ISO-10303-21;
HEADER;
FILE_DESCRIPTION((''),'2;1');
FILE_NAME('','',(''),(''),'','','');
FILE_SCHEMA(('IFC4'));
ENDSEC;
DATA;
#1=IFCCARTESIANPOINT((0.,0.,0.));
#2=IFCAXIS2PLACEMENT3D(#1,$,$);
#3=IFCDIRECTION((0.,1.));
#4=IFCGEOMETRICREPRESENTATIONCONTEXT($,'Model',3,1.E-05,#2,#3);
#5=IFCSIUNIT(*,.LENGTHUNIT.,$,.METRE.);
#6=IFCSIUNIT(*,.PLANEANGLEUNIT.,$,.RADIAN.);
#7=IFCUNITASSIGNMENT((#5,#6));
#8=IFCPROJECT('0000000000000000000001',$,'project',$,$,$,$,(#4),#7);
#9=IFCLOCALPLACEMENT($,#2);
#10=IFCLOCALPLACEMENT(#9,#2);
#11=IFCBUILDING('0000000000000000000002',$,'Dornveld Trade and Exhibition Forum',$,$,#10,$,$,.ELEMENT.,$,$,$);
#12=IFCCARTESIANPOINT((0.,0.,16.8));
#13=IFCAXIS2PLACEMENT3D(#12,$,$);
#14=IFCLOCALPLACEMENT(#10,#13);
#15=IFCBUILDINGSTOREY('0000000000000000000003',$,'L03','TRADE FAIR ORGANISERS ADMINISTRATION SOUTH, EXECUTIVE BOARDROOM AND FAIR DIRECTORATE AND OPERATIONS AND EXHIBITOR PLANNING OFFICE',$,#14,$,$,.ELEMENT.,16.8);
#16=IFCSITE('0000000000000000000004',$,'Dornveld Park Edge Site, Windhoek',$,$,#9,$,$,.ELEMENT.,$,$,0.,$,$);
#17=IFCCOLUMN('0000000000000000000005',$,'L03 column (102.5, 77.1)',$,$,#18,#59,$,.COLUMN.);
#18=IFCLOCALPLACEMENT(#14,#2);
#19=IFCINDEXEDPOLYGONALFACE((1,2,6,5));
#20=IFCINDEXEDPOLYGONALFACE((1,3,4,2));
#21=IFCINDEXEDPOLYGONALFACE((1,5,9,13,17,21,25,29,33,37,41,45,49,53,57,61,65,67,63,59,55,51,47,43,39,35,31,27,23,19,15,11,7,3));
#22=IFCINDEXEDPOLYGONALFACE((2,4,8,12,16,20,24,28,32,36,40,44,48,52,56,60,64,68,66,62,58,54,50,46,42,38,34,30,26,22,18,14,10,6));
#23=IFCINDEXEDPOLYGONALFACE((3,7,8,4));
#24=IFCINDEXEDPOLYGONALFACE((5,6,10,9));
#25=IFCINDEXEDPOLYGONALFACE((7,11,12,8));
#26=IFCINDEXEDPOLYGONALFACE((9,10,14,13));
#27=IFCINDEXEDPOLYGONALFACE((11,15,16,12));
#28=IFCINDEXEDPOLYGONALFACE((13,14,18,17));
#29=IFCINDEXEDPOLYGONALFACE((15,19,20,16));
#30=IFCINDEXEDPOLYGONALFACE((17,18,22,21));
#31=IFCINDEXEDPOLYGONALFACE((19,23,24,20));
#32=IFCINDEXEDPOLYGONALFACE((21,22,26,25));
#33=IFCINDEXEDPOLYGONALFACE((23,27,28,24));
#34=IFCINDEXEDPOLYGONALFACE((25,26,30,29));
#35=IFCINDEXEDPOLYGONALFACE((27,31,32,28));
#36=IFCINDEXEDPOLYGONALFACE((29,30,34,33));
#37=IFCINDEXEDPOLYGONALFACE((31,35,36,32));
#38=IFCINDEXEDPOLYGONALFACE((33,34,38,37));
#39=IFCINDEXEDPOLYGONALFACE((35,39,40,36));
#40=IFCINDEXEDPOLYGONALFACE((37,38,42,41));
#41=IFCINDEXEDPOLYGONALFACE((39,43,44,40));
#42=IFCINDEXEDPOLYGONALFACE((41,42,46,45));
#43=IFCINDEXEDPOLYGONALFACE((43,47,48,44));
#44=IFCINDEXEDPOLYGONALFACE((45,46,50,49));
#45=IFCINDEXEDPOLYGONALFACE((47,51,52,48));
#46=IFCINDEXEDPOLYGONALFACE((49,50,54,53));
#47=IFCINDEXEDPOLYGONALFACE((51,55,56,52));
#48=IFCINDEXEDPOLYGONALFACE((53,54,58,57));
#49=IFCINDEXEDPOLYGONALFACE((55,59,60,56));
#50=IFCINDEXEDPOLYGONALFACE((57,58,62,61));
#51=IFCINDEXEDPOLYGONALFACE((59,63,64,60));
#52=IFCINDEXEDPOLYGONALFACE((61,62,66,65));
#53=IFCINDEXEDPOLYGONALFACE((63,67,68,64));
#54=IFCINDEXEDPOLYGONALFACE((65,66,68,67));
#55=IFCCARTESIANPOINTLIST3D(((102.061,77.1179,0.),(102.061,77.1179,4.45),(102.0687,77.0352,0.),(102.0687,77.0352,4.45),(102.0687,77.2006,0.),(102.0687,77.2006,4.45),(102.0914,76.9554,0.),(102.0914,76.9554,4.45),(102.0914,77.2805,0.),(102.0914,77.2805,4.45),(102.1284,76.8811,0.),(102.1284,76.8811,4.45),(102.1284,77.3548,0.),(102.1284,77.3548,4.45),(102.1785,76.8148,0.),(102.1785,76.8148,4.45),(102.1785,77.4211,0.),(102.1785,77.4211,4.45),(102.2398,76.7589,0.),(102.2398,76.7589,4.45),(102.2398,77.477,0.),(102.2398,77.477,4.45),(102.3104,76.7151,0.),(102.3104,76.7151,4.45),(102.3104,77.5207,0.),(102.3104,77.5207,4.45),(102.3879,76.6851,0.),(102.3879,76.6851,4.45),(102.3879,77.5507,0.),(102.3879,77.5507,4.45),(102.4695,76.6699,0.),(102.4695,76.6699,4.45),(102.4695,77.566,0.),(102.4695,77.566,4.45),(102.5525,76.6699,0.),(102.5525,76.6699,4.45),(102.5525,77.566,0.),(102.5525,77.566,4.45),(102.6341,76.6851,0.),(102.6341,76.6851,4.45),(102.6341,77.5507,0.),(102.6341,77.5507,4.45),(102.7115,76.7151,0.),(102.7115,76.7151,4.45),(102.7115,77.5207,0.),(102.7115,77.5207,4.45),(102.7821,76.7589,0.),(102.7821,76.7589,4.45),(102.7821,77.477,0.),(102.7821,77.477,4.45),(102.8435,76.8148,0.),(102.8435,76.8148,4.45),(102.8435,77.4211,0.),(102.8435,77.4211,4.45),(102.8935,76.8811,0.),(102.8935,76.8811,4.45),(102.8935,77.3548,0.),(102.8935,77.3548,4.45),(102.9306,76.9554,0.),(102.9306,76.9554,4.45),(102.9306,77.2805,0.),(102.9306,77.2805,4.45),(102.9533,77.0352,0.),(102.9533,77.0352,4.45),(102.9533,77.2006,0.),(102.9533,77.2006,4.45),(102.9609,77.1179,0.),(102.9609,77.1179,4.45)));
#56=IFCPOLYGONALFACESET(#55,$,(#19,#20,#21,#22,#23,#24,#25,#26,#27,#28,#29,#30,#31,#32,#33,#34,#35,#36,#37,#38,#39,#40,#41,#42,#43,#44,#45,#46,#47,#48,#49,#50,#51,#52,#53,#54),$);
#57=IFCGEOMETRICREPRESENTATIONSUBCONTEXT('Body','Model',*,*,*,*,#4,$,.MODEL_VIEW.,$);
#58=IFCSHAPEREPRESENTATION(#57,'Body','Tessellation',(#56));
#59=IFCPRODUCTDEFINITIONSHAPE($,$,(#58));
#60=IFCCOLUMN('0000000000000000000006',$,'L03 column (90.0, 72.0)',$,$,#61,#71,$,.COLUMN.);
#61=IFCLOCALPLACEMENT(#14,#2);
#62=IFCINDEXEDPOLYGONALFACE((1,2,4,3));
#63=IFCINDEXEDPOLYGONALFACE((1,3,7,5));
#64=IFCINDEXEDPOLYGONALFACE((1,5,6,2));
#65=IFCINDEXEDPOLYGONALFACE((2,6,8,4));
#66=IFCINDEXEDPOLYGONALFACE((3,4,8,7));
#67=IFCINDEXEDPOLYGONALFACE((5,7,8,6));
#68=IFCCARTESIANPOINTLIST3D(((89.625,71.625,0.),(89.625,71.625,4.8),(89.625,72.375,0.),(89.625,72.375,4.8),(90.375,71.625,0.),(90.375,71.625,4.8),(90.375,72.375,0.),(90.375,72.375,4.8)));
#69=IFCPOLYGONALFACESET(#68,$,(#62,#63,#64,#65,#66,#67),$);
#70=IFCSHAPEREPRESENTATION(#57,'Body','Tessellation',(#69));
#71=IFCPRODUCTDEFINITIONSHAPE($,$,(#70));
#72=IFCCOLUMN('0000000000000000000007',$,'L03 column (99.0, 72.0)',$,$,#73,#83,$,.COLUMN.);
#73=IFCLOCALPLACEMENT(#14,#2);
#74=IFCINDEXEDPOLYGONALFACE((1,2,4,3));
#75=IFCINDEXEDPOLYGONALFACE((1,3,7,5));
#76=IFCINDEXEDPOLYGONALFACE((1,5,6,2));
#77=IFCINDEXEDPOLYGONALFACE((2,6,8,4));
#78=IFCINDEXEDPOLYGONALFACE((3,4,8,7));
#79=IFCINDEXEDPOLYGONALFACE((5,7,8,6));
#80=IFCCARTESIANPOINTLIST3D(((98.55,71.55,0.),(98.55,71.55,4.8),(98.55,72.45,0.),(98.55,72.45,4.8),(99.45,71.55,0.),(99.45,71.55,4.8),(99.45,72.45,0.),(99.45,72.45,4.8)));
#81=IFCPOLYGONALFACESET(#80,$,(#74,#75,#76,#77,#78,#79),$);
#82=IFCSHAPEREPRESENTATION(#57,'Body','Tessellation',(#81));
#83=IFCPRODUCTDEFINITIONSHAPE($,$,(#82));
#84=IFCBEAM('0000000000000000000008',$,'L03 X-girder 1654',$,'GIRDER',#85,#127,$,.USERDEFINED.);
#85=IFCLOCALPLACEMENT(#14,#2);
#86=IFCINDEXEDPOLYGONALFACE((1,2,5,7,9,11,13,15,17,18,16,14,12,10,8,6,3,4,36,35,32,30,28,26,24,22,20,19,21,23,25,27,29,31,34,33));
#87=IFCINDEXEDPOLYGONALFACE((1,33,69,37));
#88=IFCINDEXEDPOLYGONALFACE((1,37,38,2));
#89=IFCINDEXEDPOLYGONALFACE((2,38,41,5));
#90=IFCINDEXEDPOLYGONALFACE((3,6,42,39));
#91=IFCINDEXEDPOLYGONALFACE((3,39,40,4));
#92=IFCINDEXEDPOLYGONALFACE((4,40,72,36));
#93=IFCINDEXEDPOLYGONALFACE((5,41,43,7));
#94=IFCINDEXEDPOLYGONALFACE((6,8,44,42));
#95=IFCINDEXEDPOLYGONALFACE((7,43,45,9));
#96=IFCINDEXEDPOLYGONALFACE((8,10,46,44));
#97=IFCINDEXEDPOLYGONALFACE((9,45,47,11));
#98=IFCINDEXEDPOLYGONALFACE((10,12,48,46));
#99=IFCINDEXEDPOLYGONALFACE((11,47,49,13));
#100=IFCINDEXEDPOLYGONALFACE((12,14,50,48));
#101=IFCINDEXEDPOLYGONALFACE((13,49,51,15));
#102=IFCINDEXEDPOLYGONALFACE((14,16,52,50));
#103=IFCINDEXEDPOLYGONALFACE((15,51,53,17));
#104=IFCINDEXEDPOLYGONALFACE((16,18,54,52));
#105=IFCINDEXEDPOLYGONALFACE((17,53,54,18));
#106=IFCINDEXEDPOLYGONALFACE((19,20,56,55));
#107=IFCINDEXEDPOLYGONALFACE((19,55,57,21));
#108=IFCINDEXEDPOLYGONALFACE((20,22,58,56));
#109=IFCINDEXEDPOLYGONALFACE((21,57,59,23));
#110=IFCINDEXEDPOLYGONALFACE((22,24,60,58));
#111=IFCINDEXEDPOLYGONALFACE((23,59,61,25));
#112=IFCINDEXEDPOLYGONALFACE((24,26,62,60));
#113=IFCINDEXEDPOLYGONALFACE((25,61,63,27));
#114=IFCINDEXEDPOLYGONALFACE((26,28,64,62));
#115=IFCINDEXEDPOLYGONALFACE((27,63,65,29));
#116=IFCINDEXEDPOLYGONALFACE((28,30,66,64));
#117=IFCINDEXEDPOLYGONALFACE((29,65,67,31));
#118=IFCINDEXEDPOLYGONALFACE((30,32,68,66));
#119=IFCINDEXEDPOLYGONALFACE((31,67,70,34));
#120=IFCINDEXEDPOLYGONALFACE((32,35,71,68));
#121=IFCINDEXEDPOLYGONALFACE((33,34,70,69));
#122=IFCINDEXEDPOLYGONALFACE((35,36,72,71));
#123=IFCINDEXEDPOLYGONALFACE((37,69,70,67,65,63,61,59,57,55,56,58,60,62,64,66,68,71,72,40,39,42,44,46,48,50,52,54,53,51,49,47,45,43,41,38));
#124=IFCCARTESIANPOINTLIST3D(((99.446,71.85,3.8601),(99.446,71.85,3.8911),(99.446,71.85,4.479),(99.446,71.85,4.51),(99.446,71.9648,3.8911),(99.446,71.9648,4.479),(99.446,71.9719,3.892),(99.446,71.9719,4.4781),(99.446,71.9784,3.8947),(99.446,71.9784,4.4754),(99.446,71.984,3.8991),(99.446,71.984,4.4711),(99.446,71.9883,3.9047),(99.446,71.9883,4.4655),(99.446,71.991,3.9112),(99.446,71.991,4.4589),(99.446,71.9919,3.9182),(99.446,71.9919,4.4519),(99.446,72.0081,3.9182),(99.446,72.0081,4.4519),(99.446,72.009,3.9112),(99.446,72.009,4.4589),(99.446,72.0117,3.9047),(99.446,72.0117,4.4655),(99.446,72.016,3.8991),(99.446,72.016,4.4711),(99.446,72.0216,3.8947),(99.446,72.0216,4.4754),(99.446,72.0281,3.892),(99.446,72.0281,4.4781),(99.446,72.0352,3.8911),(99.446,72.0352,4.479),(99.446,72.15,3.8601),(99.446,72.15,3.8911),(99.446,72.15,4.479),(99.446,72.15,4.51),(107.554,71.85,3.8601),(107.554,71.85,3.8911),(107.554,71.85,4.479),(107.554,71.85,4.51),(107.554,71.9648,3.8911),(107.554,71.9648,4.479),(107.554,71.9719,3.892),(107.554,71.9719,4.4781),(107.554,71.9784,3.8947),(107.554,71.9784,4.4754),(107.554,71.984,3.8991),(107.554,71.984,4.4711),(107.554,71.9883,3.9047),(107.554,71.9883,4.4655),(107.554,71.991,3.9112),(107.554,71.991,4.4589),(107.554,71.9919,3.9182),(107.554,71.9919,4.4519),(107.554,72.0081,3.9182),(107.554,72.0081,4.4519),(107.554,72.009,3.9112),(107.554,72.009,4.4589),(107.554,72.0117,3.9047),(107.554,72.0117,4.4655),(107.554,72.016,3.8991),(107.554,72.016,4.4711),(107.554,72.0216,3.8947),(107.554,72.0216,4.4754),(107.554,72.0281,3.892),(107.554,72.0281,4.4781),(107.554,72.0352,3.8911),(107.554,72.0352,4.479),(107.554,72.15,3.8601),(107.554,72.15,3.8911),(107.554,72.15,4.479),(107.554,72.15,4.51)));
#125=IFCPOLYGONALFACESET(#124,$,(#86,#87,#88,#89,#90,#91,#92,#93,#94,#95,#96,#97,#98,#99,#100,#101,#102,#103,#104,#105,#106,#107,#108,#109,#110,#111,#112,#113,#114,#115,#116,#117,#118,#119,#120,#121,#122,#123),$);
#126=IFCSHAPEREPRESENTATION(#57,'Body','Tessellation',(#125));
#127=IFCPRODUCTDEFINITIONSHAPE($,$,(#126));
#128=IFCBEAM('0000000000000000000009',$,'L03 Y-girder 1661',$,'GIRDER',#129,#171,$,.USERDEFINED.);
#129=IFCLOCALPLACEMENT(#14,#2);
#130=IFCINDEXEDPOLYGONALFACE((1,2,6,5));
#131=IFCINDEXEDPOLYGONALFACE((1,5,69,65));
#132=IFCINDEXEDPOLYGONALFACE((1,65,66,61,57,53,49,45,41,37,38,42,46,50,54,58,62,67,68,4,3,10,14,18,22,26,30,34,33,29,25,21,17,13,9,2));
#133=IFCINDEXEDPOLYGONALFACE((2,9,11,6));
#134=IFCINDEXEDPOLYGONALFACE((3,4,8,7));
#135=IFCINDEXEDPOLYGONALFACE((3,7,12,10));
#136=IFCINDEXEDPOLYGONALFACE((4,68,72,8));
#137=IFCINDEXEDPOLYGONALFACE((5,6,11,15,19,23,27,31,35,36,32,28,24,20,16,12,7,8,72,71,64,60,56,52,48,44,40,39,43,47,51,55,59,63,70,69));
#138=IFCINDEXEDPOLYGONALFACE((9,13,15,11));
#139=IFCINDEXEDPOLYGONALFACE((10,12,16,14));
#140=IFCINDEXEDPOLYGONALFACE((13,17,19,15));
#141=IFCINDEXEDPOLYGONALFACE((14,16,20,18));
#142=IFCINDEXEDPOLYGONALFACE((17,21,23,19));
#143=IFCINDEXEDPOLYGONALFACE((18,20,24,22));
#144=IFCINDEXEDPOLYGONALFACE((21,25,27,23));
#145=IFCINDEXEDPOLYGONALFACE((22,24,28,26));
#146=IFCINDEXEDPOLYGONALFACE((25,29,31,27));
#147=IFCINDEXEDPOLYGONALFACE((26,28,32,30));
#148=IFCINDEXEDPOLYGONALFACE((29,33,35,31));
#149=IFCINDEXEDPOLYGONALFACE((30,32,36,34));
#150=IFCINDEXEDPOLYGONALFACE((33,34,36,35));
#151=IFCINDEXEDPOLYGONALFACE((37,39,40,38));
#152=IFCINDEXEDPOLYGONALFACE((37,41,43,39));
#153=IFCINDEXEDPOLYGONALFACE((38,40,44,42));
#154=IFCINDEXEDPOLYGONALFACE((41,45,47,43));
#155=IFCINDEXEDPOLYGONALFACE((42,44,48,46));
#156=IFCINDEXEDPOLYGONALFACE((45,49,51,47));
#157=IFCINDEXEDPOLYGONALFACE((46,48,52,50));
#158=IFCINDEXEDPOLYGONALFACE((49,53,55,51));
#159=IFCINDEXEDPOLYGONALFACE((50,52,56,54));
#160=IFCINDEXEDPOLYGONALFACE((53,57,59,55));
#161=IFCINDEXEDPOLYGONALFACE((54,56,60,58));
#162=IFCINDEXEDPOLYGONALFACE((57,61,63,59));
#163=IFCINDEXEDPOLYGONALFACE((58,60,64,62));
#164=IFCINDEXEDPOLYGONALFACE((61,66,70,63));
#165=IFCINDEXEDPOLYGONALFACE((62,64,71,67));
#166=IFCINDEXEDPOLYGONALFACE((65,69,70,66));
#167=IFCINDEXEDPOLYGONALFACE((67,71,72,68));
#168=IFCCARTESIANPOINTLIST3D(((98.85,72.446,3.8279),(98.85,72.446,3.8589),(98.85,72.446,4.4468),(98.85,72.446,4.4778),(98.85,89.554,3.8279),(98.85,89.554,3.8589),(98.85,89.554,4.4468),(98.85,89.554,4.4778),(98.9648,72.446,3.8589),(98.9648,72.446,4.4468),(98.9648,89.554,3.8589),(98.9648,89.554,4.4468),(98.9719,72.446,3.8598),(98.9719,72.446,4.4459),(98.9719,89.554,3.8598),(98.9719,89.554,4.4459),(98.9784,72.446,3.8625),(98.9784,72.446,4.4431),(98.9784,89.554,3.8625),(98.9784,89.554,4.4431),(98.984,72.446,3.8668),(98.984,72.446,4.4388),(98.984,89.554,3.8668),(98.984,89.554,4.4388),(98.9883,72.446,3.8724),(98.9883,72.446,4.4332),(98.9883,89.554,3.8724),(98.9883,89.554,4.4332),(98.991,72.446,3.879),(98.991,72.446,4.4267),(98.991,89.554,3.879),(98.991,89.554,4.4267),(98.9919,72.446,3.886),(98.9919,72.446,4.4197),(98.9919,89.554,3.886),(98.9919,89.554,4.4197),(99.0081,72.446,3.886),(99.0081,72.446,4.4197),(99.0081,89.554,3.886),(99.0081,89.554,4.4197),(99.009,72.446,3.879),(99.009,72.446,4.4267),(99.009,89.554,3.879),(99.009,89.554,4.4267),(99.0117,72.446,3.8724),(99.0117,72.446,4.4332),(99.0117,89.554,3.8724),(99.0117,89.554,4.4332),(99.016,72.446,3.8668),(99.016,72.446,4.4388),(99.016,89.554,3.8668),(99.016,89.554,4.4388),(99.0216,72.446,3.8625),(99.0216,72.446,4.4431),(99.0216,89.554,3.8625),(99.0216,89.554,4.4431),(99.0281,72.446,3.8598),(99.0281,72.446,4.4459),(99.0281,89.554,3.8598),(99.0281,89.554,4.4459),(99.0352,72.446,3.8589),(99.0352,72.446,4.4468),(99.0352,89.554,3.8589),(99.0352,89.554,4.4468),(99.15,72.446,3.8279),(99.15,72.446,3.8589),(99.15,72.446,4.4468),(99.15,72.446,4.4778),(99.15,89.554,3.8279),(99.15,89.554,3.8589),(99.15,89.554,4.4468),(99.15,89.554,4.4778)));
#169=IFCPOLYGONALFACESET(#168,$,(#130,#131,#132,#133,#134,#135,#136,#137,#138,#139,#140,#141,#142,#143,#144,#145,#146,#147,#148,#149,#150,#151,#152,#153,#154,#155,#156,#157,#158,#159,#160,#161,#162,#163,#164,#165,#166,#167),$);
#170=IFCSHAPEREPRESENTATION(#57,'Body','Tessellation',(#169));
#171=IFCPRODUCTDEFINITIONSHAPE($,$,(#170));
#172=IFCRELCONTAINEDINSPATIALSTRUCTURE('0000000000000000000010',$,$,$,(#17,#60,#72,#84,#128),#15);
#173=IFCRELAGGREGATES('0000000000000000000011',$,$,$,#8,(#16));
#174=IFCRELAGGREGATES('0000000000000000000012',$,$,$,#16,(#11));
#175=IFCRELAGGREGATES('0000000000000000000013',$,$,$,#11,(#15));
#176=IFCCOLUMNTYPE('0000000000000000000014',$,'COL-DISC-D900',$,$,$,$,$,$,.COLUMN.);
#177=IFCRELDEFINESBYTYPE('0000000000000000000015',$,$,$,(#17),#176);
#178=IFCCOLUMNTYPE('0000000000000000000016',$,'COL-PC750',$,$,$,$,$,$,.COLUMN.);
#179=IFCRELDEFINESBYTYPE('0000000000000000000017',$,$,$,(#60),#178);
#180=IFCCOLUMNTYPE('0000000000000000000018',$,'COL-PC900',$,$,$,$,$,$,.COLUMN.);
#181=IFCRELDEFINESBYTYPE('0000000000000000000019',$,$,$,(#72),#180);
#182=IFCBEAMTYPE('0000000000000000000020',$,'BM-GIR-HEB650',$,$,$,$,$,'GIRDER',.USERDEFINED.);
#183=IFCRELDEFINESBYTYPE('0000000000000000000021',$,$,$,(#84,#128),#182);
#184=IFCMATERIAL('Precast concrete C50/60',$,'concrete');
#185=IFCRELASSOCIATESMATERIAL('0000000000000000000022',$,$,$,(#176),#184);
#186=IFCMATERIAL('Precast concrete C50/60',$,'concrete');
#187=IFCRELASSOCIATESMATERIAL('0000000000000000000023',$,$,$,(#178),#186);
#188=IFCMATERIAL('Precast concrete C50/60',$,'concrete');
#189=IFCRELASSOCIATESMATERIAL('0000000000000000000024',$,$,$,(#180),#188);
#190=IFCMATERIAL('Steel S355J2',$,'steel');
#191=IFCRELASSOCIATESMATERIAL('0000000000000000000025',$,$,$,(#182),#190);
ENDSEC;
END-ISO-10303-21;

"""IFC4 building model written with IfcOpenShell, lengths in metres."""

from ifc_helpers import new_model, si_unit, direction, frame, origin, origin_2d, place, context, subcontext, project, spatial, rectangle, circle, i_section, extrude, material, material_profile, profile_set, type_object, element, save


model = new_model("IFC4")

# Units and contexts
model_context = context("Model", 3, precision=1e-05, world=origin(), true_north=direction((0.0, 1.0)))
body_context = subcontext(model_context, "Body", "Model", "MODEL_VIEW")
ifc_project = project(units=[si_unit("LENGTHUNIT", "METRE"), si_unit("PLANEANGLEUNIT", "RADIAN")], contexts=[model_context])

# Site, building, storey
site_placement = place(None, origin())
site = spatial("IfcSite", under=ifc_project, at=site_placement, Name="Dornveld Park Edge Site, Windhoek", CompositionType="ELEMENT", RefElevation=0.0)
building_placement = place(site_placement, origin())
building = spatial("IfcBuilding", under=site, at=building_placement, Name="Dornveld Trade and Exhibition Forum", CompositionType="ELEMENT")
storey_placement = place(building_placement, frame((0.0, 0.0, 16.8)))
storey = spatial("IfcBuildingStorey", under=building, at=storey_placement, Name="L03", Description="TRADE FAIR ORGANISERS ADMINISTRATION SOUTH, EXECUTIVE BOARDROOM AND FAIR DIRECTORATE AND OPERATIONS AND EXHIBITOR PLANNING OFFICE", CompositionType="ELEMENT", Elevation=16.8)

# Columns
ifc_material_1 = material(Name="Precast concrete C50/60", Category="concrete")
ifc_material_profile_1 = material_profile(ifc_material_1, circle(Radius=0.45, at=origin_2d()), Name="PC-COL D900")
ifc_profile_set_1 = profile_set([ifc_material_profile_1], Name="Precast concrete C50/60")
column_type_1 = type_object("IfcColumnType", Name="COL-DISC-D900", PredefinedType="COLUMN", material=ifc_profile_set_1)
column_1_placement = place(storey_placement, frame((102.511, 77.1179, 0.0), z_axis=(0.0, 0.0, 1.0), x_axis=(1.0, 0.0, 0.0)))
element("IfcColumn", 1, at=column_1_placement, inside=storey, type_object=column_type_1, Name="L03 column (102.5, 77.1)", PredefinedType="COLUMN", context=body_context, shape_type="SweptSolid", body=[
    extrude(circle(Radius=0.45, at=origin_2d()), origin(), (0.0, 0.0, 1.0), 4.45),
])
ifc_material_2 = material(Name="Precast concrete C50/60", Category="concrete")
ifc_material_profile_2 = material_profile(ifc_material_2, rectangle(XDim=0.75, YDim=0.75, at=origin_2d()), Name="PC-COL 750x750")
ifc_profile_set_2 = profile_set([ifc_material_profile_2], Name="Precast concrete C50/60")
column_type_2 = type_object("IfcColumnType", Name="COL-PC750", PredefinedType="COLUMN", material=ifc_profile_set_2)
column_2_placement = place(storey_placement, frame((90.0, 72.0, 0.0), z_axis=(0.0, 0.0, 1.0), x_axis=(1.0, 0.0, 0.0)))
element("IfcColumn", 2, at=column_2_placement, inside=storey, type_object=column_type_2, Name="L03 column (90.0, 72.0)", PredefinedType="COLUMN", context=body_context, shape_type="SweptSolid", body=[
    extrude(rectangle(XDim=0.75, YDim=0.75, at=origin_2d()), origin(), (0.0, 0.0, 1.0), 4.8),
])
ifc_material_3 = material(Name="Precast concrete C50/60", Category="concrete")
ifc_material_profile_3 = material_profile(ifc_material_3, rectangle(XDim=0.8999, YDim=0.8999, at=origin_2d()), Name="PC-COL 900x900")
ifc_profile_set_3 = profile_set([ifc_material_profile_3], Name="Precast concrete C50/60")
column_type_3 = type_object("IfcColumnType", Name="COL-PC900", PredefinedType="COLUMN", material=ifc_profile_set_3)
column_3_placement = place(storey_placement, frame((99.0, 72.0, 0.0), z_axis=(0.0, 0.0, 1.0), x_axis=(1.0, 0.0, 0.0)))
element("IfcColumn", 3, at=column_3_placement, inside=storey, type_object=column_type_3, Name="L03 column (99.0, 72.0)", PredefinedType="COLUMN", context=body_context, shape_type="SweptSolid", body=[
    extrude(rectangle(XDim=0.8999, YDim=0.8999, at=origin_2d()), origin(), (0.0, 0.0, 1.0), 4.8),
])

# Beams
ifc_material_4 = material(Name="Steel S355J2", Category="steel")
ifc_material_profile_4 = material_profile(ifc_material_4, i_section(OverallWidth=0.3, OverallDepth=0.6499, WebThickness=0.0161, FlangeThickness=0.031, FilletRadius=0.0271, at=origin_2d()), Name="HEB 650")
ifc_profile_set_4 = profile_set([ifc_material_profile_4], Name="Steel S355J2")
beam_type = type_object("IfcBeamType", Name="BM-GIR-HEB650", ElementType="GIRDER", PredefinedType="USERDEFINED", material=ifc_profile_set_4)
beam_1_placement = place(storey_placement, frame((99.446, 72.0, 4.1851), z_axis=(1.0, 0.0, 0.0), x_axis=(0.0, 1.0, 0.0)))
element("IfcBeam", 4, at=beam_1_placement, inside=storey, type_object=beam_type, Name="L03 X-girder 1654", ObjectType="GIRDER", PredefinedType="USERDEFINED", context=body_context, shape_type="SweptSolid", body=[
    extrude(i_section(OverallWidth=0.3, OverallDepth=0.6499, WebThickness=0.0161, FlangeThickness=0.031, FilletRadius=0.0271, at=origin_2d()), origin(), (0.0, 0.0, 1.0), 8.1079),
])
beam_2_placement = place(storey_placement, frame((99.0, 72.446, 4.1528), z_axis=(0.0, 1.0, 0.0), x_axis=(-1.0, 0.0, 0.0)))
element("IfcBeam", 5, at=beam_2_placement, inside=storey, type_object=beam_type, Name="L03 Y-girder 1661", ObjectType="GIRDER", PredefinedType="USERDEFINED", context=body_context, shape_type="SweptSolid", body=[
    extrude(i_section(OverallWidth=0.3, OverallDepth=0.6499, WebThickness=0.0161, FlangeThickness=0.031, FilletRadius=0.0271, at=origin_2d()), origin(), (0.0, 0.0, 1.0), 17.1079),
])

save(model, "model.ifc")
